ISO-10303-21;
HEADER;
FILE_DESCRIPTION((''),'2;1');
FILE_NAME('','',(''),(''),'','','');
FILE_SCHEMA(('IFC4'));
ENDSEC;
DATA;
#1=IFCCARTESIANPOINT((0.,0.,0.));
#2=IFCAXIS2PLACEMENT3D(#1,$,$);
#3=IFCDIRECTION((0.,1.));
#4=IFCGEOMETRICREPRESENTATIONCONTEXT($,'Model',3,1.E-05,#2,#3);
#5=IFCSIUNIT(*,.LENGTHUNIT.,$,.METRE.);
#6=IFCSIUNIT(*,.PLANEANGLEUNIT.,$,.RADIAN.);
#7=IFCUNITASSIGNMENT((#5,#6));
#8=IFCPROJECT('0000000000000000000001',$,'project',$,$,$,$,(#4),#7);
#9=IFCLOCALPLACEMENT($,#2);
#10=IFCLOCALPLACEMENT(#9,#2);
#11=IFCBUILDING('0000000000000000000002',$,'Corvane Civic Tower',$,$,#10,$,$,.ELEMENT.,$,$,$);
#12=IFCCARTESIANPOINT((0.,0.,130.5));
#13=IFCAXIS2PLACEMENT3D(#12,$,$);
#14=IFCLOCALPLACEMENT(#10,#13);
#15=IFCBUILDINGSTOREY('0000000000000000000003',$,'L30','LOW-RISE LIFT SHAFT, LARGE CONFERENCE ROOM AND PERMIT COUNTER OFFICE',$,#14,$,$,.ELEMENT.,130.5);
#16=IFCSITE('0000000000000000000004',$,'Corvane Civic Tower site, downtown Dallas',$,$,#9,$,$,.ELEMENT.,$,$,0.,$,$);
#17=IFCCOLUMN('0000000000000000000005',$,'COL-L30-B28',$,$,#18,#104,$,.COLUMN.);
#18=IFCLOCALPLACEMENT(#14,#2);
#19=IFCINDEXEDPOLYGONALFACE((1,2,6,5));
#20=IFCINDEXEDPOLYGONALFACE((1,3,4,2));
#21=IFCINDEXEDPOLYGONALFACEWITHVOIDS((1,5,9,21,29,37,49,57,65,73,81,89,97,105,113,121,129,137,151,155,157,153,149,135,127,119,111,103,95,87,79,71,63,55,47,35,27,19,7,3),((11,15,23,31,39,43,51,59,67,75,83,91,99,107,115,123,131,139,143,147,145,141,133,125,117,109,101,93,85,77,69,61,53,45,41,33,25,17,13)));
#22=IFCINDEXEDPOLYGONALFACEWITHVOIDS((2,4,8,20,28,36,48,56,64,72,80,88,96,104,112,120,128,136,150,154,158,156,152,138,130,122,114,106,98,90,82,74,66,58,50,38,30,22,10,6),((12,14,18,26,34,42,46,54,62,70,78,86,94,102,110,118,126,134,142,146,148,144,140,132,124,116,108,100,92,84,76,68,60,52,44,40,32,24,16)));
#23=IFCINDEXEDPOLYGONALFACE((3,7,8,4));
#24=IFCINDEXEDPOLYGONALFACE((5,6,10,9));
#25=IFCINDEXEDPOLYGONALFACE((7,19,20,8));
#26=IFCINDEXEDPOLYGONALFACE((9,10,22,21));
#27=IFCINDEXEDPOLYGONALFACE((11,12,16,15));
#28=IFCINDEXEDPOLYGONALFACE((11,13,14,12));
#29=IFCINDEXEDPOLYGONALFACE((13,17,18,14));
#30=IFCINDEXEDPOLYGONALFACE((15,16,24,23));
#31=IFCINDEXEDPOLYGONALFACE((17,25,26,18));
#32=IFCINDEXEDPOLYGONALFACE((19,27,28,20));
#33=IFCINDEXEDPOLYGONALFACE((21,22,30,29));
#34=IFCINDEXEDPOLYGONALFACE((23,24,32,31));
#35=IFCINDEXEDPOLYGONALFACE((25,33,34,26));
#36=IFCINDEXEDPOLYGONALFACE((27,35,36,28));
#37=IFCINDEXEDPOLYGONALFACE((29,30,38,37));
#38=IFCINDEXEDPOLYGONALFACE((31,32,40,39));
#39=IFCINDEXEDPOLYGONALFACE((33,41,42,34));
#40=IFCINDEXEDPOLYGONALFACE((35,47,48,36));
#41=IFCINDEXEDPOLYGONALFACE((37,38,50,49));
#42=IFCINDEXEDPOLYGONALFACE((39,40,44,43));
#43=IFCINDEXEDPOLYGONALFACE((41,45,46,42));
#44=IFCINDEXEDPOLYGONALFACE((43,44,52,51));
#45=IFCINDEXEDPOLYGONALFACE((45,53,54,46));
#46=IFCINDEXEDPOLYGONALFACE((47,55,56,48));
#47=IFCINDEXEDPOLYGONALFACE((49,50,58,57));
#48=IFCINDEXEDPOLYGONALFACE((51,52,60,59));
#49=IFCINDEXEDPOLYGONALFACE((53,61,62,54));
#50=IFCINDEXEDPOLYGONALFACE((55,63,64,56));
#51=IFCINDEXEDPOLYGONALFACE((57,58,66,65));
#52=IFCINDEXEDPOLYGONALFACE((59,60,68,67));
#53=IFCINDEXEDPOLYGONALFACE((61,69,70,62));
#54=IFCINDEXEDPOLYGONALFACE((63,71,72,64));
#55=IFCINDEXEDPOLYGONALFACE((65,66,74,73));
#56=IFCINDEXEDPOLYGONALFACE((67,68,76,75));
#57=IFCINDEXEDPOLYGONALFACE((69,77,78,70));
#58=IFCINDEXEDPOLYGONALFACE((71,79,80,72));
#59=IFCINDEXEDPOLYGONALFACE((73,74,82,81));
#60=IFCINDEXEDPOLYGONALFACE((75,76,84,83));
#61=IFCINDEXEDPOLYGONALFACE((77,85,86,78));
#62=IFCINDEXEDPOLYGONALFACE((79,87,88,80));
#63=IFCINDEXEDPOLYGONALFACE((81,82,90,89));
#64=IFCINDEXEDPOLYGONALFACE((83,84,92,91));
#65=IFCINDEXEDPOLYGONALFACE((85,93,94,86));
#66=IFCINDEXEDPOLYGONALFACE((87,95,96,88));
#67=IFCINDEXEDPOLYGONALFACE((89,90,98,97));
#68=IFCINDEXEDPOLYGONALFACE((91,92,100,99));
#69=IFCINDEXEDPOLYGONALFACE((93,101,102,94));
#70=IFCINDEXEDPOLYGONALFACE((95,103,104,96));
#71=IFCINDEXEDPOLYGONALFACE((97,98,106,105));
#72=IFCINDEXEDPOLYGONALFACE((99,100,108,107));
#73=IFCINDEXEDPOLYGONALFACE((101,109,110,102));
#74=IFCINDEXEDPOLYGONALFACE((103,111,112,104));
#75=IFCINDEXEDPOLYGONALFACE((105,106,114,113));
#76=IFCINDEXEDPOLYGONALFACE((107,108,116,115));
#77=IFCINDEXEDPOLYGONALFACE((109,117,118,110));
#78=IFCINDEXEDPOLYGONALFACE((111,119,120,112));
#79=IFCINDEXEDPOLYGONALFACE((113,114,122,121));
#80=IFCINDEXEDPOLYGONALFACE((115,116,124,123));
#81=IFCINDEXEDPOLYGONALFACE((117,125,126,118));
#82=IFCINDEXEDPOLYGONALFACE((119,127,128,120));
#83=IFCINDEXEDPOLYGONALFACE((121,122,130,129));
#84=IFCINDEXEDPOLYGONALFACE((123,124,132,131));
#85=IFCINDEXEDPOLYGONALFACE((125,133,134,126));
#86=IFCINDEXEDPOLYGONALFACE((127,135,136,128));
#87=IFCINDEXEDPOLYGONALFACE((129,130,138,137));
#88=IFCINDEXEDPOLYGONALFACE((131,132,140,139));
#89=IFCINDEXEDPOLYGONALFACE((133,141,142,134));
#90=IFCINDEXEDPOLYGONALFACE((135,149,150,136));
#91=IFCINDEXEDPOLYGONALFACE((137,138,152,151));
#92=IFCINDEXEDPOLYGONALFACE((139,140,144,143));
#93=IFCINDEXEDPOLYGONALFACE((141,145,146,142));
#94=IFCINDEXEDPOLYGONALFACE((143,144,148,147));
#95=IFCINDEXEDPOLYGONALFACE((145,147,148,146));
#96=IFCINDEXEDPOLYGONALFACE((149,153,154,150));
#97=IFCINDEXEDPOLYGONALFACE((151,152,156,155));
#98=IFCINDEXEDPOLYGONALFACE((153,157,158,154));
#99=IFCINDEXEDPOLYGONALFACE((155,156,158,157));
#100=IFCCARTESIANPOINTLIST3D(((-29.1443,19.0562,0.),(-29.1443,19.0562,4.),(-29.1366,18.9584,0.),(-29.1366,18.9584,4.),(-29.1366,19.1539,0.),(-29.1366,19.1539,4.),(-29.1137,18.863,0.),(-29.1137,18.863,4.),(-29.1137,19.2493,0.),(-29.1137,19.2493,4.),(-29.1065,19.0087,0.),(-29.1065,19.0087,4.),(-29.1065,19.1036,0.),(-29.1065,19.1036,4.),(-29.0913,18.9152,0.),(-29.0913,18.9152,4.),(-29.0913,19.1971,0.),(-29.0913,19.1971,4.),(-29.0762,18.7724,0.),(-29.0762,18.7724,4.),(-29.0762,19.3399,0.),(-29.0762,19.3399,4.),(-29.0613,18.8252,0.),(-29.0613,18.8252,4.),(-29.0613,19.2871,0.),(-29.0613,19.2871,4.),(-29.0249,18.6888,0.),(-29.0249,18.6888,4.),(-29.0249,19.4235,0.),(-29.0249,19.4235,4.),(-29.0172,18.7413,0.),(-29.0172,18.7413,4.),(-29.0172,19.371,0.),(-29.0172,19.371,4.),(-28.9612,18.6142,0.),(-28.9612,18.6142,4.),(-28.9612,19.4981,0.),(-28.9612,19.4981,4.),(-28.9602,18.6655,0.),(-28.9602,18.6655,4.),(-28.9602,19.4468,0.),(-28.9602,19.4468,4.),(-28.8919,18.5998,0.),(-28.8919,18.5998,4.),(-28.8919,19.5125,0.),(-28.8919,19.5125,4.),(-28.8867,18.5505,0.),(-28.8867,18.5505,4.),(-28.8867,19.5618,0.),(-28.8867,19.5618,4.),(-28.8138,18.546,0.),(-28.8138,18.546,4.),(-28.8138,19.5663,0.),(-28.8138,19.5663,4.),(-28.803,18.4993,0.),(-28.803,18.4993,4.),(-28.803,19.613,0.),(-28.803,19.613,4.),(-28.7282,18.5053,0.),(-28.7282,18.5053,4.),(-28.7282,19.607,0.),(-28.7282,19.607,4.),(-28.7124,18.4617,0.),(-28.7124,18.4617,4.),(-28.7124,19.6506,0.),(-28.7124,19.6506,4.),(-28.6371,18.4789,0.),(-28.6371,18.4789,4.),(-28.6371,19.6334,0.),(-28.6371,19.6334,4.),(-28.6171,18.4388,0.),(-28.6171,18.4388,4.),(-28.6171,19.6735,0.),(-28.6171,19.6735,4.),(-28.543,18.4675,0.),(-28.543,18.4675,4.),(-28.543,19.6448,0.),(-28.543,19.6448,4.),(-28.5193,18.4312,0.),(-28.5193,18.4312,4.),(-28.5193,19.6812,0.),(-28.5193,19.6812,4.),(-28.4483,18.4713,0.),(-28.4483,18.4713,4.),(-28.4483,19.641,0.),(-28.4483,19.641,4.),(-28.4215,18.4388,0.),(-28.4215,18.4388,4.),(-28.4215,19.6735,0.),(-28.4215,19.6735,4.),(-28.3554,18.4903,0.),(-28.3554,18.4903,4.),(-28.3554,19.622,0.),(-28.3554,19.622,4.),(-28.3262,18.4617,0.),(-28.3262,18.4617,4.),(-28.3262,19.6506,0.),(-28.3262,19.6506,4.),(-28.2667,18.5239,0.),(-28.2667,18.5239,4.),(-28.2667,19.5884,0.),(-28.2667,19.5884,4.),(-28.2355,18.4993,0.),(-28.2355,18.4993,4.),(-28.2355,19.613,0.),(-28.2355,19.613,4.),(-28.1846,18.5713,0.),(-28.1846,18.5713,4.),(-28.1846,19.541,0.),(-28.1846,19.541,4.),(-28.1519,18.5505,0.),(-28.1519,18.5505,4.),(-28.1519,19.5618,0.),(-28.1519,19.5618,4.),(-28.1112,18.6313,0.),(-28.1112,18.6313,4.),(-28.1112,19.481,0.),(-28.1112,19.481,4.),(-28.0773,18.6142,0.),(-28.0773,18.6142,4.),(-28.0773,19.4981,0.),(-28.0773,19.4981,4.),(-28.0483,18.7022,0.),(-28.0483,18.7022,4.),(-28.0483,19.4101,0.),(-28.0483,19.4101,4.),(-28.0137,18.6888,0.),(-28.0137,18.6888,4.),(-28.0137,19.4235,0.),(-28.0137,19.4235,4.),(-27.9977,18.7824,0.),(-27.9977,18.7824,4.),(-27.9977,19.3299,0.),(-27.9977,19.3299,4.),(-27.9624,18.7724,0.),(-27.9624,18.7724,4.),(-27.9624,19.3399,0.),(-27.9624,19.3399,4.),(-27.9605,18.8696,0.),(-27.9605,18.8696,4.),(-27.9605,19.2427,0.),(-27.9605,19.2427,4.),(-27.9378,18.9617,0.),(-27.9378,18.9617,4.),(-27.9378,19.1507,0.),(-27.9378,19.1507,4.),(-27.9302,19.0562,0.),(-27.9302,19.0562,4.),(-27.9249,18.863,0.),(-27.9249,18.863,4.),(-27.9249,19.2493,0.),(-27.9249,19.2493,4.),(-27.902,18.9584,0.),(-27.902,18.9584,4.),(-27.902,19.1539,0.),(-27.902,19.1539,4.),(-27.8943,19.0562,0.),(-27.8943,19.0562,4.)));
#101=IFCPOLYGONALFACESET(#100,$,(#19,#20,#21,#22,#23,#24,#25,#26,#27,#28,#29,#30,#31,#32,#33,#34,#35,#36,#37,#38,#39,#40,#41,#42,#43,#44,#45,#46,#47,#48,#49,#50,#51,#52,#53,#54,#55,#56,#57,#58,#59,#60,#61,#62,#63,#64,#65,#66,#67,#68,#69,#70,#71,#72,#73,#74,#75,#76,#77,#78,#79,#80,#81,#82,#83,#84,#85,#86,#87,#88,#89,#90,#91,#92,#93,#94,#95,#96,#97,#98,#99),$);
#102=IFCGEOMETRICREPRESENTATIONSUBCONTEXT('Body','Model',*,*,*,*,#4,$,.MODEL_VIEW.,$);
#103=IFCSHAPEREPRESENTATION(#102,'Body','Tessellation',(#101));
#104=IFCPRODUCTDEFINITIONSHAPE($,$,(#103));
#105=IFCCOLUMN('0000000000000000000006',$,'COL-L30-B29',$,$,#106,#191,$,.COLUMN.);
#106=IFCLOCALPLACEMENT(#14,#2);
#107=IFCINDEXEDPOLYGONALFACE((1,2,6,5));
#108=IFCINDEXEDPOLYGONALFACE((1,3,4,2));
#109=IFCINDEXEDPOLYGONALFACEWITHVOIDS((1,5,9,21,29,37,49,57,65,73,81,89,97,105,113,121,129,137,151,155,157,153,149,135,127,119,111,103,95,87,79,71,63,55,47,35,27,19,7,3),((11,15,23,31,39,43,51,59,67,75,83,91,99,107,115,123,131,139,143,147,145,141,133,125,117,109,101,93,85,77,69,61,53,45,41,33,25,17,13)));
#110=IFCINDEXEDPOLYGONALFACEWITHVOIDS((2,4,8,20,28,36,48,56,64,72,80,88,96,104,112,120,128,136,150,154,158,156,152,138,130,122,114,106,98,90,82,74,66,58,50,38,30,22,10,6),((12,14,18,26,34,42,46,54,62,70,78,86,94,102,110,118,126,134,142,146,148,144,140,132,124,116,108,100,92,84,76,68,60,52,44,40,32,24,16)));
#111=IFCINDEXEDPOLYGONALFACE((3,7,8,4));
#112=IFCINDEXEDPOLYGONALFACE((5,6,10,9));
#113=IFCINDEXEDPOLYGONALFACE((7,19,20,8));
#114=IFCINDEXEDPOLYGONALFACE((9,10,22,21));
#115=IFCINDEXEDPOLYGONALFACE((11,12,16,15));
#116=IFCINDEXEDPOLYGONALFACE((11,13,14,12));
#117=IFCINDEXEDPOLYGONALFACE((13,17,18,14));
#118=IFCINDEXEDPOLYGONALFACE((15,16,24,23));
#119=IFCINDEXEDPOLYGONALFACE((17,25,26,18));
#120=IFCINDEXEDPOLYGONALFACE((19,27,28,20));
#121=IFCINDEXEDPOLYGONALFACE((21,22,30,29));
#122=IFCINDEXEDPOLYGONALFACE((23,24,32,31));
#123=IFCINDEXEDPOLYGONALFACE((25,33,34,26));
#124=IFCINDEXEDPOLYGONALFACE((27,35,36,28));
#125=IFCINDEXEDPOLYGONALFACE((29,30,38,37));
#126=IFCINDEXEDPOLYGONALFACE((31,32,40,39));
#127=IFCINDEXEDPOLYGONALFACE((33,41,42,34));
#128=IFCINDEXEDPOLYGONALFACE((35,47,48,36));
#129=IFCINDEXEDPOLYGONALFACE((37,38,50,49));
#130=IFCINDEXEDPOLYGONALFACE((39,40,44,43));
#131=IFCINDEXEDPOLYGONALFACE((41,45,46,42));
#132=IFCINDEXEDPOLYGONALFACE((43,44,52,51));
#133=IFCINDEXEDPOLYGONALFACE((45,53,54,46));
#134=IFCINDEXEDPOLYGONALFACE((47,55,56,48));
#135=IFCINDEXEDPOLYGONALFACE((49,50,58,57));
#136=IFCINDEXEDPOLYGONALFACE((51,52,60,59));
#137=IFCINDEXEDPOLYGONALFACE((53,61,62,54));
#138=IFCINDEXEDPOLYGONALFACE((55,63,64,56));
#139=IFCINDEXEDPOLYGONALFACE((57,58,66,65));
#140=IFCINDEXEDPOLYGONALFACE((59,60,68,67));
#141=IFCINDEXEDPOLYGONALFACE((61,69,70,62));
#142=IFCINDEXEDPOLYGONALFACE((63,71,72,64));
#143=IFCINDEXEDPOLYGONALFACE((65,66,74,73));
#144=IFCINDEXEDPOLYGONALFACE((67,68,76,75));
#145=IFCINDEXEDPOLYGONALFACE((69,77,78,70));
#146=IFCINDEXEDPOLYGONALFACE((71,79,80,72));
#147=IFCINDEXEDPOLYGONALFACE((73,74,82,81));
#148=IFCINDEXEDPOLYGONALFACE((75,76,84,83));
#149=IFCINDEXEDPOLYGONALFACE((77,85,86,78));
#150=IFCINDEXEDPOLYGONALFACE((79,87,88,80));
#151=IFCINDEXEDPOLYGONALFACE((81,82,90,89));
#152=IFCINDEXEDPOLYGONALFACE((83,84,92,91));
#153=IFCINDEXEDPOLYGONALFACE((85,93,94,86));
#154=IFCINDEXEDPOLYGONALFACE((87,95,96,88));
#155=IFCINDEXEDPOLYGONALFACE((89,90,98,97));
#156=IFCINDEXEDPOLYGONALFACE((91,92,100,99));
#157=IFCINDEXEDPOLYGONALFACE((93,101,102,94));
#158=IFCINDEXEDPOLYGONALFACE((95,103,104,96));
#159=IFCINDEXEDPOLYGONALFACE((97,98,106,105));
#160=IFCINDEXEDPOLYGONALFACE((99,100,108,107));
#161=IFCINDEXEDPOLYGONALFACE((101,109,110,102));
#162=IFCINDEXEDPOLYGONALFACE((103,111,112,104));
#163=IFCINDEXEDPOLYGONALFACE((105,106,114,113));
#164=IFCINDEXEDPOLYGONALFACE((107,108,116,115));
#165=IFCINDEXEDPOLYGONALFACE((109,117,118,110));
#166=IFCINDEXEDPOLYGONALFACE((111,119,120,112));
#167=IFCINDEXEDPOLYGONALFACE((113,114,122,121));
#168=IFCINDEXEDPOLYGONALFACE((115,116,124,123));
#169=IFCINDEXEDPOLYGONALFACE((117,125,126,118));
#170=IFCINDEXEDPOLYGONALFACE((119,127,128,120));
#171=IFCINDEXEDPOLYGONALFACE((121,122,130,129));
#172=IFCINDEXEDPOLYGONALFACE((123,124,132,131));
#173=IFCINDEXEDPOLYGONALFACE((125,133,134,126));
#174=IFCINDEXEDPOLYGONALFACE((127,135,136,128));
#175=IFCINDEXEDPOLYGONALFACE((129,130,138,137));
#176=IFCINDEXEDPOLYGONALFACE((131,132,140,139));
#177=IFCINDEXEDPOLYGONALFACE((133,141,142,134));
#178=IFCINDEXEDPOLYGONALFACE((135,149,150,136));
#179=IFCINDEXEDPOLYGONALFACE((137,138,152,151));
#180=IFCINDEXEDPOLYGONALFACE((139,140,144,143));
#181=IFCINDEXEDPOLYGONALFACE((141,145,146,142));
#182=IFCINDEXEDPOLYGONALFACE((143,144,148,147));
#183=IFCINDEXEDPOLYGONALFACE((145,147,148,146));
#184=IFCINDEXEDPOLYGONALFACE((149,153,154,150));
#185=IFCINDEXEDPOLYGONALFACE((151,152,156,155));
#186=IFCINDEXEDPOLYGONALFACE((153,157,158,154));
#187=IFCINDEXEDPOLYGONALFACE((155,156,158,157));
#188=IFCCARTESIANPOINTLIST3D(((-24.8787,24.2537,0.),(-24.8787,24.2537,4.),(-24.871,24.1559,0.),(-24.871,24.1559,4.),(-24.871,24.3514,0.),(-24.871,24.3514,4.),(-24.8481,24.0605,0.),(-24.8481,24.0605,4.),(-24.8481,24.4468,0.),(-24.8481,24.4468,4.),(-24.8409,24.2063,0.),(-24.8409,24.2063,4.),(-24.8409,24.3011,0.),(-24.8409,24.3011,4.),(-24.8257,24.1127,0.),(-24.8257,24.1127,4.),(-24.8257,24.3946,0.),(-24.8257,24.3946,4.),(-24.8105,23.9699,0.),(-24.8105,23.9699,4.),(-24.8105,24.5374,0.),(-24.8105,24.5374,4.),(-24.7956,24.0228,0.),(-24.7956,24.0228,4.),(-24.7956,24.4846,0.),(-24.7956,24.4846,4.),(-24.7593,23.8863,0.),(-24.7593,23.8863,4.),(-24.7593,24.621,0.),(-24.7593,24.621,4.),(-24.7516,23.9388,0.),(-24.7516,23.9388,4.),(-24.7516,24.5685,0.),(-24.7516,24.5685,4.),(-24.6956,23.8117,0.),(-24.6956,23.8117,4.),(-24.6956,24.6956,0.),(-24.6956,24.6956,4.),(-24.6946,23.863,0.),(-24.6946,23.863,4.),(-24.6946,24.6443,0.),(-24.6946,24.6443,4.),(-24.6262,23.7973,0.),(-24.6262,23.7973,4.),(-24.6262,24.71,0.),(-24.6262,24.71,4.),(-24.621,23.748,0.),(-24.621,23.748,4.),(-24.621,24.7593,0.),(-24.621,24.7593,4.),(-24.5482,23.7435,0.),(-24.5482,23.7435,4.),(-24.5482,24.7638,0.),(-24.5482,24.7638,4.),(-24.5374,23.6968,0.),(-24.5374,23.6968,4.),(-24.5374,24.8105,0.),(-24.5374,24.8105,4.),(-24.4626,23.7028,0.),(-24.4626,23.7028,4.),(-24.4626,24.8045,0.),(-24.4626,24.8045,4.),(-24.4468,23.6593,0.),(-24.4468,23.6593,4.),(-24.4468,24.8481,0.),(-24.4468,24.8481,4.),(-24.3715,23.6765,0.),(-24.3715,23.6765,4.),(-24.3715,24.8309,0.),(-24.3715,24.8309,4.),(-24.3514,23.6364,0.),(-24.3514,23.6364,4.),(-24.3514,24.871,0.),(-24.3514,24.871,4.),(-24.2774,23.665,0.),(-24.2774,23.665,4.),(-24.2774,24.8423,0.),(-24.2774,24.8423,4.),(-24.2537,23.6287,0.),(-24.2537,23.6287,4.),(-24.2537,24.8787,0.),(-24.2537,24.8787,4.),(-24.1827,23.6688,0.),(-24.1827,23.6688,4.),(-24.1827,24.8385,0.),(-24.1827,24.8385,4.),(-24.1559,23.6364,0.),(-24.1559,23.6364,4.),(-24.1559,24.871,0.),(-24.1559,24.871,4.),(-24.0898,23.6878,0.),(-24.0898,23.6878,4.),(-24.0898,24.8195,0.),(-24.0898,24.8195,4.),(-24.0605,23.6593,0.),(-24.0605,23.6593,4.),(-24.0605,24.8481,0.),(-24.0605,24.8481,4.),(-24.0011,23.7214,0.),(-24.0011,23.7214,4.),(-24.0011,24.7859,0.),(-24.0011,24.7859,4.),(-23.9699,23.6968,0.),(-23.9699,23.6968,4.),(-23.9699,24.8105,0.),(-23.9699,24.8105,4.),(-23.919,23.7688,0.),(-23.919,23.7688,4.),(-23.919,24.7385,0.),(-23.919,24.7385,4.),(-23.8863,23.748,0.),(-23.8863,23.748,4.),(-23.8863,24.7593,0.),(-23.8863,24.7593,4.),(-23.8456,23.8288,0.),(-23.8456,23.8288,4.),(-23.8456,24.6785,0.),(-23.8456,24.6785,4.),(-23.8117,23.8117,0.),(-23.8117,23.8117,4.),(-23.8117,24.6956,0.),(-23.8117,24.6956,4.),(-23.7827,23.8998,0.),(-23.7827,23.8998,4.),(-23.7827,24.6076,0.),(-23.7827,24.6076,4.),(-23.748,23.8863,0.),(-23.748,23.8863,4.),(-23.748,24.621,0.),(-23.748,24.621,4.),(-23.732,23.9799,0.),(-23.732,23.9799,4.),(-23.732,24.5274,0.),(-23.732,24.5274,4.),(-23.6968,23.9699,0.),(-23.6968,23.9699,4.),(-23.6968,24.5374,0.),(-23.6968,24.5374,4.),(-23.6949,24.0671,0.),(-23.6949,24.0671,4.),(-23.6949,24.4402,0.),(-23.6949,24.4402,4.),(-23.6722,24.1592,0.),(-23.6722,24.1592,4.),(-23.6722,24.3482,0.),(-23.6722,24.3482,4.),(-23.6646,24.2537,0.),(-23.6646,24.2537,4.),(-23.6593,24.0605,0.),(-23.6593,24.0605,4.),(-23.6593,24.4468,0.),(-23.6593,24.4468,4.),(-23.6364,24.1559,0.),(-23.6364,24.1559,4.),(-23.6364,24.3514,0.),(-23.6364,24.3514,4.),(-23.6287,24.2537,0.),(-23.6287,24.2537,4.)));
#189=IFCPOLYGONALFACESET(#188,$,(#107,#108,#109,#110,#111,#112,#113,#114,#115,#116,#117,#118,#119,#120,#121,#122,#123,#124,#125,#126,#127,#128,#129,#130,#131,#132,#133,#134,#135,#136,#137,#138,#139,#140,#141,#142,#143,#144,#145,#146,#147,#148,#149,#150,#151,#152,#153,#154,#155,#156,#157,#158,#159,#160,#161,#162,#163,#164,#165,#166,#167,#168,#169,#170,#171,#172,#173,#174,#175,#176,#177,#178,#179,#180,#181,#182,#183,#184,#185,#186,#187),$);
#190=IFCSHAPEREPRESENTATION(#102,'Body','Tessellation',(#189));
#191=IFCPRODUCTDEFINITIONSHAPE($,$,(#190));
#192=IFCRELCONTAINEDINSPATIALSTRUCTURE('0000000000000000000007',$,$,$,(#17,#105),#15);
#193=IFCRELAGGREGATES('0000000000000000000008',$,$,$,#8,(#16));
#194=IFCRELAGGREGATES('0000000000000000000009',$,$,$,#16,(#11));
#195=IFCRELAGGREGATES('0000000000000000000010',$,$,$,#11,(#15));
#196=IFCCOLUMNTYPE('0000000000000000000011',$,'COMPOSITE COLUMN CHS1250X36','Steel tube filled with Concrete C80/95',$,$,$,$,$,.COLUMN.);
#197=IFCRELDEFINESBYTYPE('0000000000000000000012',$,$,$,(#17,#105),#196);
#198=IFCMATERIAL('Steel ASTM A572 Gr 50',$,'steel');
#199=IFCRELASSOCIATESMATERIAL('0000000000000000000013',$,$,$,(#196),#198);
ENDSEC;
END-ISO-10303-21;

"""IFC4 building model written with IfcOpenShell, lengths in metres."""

from ifc_helpers import new_model, si_unit, direction, frame, origin, origin_2d, place, context, subcontext, project, spatial, hollow_circle, extrude, material, material_profile, profile_set, type_object, element, save


model = new_model("IFC4")

# Units and contexts
model_context = context("Model", 3, precision=1e-05, world=origin(), true_north=direction((0.0, 1.0)))
body_context = subcontext(model_context, "Body", "Model", "MODEL_VIEW")
ifc_project = project(units=[si_unit("LENGTHUNIT", "METRE"), si_unit("PLANEANGLEUNIT", "RADIAN")], contexts=[model_context])

# Site, building, storey
site_placement = place(None, origin())
site = spatial("IfcSite", under=ifc_project, at=site_placement, Name="Corvane Civic Tower site, downtown Dallas", CompositionType="ELEMENT", RefElevation=0.0)
building_placement = place(site_placement, origin())
building = spatial("IfcBuilding", under=site, at=building_placement, Name="Corvane Civic Tower", CompositionType="ELEMENT")
storey_placement = place(building_placement, frame((0.0, 0.0, 130.5)))
storey = spatial("IfcBuildingStorey", under=building, at=storey_placement, Name="L30", Description="LOW-RISE LIFT SHAFT, LARGE CONFERENCE ROOM AND PERMIT COUNTER OFFICE", CompositionType="ELEMENT", Elevation=130.5)

# Columns
ifc_material_1 = material(Name="Steel ASTM A572 Gr 50", Category="steel")
ifc_material_profile_1 = material_profile(ifc_material_1, hollow_circle(Radius=0.625, WallThickness=0.0359, at=origin_2d()), Name="CHS1250X36")
ifc_profile_set_1 = profile_set([ifc_material_profile_1], Name="Steel ASTM A572 Gr 50")
column_type = type_object("IfcColumnType", Name="COMPOSITE COLUMN CHS1250X36", Description="Steel tube filled with Concrete C80/95", PredefinedType="COLUMN", material=ifc_profile_set_1)
for number, where, z_axis, x_axis, name in (
    (1, (-28.5193, 19.0562, 0.0), (0.0, 0.0, 1.0), (1.0, 0.0, 0.0), "COL-L30-B28"),
    (2, (-24.2537, 24.2537, 0.0), (0.0, 0.0, 1.0), (1.0, 0.0, 0.0), "COL-L30-B29"),
):
    element("IfcColumn", number, at=place(storey_placement, frame(where, z_axis=z_axis, x_axis=x_axis)), inside=storey, type_object=column_type, Name=name, PredefinedType="COLUMN", context=body_context, shape_type="SweptSolid", body=[
        extrude(hollow_circle(Radius=0.625, WallThickness=0.0359, at=origin_2d()), origin(), (0.0, 0.0, 1.0), 4.0),
    ])

save(model, "model.ifc")
